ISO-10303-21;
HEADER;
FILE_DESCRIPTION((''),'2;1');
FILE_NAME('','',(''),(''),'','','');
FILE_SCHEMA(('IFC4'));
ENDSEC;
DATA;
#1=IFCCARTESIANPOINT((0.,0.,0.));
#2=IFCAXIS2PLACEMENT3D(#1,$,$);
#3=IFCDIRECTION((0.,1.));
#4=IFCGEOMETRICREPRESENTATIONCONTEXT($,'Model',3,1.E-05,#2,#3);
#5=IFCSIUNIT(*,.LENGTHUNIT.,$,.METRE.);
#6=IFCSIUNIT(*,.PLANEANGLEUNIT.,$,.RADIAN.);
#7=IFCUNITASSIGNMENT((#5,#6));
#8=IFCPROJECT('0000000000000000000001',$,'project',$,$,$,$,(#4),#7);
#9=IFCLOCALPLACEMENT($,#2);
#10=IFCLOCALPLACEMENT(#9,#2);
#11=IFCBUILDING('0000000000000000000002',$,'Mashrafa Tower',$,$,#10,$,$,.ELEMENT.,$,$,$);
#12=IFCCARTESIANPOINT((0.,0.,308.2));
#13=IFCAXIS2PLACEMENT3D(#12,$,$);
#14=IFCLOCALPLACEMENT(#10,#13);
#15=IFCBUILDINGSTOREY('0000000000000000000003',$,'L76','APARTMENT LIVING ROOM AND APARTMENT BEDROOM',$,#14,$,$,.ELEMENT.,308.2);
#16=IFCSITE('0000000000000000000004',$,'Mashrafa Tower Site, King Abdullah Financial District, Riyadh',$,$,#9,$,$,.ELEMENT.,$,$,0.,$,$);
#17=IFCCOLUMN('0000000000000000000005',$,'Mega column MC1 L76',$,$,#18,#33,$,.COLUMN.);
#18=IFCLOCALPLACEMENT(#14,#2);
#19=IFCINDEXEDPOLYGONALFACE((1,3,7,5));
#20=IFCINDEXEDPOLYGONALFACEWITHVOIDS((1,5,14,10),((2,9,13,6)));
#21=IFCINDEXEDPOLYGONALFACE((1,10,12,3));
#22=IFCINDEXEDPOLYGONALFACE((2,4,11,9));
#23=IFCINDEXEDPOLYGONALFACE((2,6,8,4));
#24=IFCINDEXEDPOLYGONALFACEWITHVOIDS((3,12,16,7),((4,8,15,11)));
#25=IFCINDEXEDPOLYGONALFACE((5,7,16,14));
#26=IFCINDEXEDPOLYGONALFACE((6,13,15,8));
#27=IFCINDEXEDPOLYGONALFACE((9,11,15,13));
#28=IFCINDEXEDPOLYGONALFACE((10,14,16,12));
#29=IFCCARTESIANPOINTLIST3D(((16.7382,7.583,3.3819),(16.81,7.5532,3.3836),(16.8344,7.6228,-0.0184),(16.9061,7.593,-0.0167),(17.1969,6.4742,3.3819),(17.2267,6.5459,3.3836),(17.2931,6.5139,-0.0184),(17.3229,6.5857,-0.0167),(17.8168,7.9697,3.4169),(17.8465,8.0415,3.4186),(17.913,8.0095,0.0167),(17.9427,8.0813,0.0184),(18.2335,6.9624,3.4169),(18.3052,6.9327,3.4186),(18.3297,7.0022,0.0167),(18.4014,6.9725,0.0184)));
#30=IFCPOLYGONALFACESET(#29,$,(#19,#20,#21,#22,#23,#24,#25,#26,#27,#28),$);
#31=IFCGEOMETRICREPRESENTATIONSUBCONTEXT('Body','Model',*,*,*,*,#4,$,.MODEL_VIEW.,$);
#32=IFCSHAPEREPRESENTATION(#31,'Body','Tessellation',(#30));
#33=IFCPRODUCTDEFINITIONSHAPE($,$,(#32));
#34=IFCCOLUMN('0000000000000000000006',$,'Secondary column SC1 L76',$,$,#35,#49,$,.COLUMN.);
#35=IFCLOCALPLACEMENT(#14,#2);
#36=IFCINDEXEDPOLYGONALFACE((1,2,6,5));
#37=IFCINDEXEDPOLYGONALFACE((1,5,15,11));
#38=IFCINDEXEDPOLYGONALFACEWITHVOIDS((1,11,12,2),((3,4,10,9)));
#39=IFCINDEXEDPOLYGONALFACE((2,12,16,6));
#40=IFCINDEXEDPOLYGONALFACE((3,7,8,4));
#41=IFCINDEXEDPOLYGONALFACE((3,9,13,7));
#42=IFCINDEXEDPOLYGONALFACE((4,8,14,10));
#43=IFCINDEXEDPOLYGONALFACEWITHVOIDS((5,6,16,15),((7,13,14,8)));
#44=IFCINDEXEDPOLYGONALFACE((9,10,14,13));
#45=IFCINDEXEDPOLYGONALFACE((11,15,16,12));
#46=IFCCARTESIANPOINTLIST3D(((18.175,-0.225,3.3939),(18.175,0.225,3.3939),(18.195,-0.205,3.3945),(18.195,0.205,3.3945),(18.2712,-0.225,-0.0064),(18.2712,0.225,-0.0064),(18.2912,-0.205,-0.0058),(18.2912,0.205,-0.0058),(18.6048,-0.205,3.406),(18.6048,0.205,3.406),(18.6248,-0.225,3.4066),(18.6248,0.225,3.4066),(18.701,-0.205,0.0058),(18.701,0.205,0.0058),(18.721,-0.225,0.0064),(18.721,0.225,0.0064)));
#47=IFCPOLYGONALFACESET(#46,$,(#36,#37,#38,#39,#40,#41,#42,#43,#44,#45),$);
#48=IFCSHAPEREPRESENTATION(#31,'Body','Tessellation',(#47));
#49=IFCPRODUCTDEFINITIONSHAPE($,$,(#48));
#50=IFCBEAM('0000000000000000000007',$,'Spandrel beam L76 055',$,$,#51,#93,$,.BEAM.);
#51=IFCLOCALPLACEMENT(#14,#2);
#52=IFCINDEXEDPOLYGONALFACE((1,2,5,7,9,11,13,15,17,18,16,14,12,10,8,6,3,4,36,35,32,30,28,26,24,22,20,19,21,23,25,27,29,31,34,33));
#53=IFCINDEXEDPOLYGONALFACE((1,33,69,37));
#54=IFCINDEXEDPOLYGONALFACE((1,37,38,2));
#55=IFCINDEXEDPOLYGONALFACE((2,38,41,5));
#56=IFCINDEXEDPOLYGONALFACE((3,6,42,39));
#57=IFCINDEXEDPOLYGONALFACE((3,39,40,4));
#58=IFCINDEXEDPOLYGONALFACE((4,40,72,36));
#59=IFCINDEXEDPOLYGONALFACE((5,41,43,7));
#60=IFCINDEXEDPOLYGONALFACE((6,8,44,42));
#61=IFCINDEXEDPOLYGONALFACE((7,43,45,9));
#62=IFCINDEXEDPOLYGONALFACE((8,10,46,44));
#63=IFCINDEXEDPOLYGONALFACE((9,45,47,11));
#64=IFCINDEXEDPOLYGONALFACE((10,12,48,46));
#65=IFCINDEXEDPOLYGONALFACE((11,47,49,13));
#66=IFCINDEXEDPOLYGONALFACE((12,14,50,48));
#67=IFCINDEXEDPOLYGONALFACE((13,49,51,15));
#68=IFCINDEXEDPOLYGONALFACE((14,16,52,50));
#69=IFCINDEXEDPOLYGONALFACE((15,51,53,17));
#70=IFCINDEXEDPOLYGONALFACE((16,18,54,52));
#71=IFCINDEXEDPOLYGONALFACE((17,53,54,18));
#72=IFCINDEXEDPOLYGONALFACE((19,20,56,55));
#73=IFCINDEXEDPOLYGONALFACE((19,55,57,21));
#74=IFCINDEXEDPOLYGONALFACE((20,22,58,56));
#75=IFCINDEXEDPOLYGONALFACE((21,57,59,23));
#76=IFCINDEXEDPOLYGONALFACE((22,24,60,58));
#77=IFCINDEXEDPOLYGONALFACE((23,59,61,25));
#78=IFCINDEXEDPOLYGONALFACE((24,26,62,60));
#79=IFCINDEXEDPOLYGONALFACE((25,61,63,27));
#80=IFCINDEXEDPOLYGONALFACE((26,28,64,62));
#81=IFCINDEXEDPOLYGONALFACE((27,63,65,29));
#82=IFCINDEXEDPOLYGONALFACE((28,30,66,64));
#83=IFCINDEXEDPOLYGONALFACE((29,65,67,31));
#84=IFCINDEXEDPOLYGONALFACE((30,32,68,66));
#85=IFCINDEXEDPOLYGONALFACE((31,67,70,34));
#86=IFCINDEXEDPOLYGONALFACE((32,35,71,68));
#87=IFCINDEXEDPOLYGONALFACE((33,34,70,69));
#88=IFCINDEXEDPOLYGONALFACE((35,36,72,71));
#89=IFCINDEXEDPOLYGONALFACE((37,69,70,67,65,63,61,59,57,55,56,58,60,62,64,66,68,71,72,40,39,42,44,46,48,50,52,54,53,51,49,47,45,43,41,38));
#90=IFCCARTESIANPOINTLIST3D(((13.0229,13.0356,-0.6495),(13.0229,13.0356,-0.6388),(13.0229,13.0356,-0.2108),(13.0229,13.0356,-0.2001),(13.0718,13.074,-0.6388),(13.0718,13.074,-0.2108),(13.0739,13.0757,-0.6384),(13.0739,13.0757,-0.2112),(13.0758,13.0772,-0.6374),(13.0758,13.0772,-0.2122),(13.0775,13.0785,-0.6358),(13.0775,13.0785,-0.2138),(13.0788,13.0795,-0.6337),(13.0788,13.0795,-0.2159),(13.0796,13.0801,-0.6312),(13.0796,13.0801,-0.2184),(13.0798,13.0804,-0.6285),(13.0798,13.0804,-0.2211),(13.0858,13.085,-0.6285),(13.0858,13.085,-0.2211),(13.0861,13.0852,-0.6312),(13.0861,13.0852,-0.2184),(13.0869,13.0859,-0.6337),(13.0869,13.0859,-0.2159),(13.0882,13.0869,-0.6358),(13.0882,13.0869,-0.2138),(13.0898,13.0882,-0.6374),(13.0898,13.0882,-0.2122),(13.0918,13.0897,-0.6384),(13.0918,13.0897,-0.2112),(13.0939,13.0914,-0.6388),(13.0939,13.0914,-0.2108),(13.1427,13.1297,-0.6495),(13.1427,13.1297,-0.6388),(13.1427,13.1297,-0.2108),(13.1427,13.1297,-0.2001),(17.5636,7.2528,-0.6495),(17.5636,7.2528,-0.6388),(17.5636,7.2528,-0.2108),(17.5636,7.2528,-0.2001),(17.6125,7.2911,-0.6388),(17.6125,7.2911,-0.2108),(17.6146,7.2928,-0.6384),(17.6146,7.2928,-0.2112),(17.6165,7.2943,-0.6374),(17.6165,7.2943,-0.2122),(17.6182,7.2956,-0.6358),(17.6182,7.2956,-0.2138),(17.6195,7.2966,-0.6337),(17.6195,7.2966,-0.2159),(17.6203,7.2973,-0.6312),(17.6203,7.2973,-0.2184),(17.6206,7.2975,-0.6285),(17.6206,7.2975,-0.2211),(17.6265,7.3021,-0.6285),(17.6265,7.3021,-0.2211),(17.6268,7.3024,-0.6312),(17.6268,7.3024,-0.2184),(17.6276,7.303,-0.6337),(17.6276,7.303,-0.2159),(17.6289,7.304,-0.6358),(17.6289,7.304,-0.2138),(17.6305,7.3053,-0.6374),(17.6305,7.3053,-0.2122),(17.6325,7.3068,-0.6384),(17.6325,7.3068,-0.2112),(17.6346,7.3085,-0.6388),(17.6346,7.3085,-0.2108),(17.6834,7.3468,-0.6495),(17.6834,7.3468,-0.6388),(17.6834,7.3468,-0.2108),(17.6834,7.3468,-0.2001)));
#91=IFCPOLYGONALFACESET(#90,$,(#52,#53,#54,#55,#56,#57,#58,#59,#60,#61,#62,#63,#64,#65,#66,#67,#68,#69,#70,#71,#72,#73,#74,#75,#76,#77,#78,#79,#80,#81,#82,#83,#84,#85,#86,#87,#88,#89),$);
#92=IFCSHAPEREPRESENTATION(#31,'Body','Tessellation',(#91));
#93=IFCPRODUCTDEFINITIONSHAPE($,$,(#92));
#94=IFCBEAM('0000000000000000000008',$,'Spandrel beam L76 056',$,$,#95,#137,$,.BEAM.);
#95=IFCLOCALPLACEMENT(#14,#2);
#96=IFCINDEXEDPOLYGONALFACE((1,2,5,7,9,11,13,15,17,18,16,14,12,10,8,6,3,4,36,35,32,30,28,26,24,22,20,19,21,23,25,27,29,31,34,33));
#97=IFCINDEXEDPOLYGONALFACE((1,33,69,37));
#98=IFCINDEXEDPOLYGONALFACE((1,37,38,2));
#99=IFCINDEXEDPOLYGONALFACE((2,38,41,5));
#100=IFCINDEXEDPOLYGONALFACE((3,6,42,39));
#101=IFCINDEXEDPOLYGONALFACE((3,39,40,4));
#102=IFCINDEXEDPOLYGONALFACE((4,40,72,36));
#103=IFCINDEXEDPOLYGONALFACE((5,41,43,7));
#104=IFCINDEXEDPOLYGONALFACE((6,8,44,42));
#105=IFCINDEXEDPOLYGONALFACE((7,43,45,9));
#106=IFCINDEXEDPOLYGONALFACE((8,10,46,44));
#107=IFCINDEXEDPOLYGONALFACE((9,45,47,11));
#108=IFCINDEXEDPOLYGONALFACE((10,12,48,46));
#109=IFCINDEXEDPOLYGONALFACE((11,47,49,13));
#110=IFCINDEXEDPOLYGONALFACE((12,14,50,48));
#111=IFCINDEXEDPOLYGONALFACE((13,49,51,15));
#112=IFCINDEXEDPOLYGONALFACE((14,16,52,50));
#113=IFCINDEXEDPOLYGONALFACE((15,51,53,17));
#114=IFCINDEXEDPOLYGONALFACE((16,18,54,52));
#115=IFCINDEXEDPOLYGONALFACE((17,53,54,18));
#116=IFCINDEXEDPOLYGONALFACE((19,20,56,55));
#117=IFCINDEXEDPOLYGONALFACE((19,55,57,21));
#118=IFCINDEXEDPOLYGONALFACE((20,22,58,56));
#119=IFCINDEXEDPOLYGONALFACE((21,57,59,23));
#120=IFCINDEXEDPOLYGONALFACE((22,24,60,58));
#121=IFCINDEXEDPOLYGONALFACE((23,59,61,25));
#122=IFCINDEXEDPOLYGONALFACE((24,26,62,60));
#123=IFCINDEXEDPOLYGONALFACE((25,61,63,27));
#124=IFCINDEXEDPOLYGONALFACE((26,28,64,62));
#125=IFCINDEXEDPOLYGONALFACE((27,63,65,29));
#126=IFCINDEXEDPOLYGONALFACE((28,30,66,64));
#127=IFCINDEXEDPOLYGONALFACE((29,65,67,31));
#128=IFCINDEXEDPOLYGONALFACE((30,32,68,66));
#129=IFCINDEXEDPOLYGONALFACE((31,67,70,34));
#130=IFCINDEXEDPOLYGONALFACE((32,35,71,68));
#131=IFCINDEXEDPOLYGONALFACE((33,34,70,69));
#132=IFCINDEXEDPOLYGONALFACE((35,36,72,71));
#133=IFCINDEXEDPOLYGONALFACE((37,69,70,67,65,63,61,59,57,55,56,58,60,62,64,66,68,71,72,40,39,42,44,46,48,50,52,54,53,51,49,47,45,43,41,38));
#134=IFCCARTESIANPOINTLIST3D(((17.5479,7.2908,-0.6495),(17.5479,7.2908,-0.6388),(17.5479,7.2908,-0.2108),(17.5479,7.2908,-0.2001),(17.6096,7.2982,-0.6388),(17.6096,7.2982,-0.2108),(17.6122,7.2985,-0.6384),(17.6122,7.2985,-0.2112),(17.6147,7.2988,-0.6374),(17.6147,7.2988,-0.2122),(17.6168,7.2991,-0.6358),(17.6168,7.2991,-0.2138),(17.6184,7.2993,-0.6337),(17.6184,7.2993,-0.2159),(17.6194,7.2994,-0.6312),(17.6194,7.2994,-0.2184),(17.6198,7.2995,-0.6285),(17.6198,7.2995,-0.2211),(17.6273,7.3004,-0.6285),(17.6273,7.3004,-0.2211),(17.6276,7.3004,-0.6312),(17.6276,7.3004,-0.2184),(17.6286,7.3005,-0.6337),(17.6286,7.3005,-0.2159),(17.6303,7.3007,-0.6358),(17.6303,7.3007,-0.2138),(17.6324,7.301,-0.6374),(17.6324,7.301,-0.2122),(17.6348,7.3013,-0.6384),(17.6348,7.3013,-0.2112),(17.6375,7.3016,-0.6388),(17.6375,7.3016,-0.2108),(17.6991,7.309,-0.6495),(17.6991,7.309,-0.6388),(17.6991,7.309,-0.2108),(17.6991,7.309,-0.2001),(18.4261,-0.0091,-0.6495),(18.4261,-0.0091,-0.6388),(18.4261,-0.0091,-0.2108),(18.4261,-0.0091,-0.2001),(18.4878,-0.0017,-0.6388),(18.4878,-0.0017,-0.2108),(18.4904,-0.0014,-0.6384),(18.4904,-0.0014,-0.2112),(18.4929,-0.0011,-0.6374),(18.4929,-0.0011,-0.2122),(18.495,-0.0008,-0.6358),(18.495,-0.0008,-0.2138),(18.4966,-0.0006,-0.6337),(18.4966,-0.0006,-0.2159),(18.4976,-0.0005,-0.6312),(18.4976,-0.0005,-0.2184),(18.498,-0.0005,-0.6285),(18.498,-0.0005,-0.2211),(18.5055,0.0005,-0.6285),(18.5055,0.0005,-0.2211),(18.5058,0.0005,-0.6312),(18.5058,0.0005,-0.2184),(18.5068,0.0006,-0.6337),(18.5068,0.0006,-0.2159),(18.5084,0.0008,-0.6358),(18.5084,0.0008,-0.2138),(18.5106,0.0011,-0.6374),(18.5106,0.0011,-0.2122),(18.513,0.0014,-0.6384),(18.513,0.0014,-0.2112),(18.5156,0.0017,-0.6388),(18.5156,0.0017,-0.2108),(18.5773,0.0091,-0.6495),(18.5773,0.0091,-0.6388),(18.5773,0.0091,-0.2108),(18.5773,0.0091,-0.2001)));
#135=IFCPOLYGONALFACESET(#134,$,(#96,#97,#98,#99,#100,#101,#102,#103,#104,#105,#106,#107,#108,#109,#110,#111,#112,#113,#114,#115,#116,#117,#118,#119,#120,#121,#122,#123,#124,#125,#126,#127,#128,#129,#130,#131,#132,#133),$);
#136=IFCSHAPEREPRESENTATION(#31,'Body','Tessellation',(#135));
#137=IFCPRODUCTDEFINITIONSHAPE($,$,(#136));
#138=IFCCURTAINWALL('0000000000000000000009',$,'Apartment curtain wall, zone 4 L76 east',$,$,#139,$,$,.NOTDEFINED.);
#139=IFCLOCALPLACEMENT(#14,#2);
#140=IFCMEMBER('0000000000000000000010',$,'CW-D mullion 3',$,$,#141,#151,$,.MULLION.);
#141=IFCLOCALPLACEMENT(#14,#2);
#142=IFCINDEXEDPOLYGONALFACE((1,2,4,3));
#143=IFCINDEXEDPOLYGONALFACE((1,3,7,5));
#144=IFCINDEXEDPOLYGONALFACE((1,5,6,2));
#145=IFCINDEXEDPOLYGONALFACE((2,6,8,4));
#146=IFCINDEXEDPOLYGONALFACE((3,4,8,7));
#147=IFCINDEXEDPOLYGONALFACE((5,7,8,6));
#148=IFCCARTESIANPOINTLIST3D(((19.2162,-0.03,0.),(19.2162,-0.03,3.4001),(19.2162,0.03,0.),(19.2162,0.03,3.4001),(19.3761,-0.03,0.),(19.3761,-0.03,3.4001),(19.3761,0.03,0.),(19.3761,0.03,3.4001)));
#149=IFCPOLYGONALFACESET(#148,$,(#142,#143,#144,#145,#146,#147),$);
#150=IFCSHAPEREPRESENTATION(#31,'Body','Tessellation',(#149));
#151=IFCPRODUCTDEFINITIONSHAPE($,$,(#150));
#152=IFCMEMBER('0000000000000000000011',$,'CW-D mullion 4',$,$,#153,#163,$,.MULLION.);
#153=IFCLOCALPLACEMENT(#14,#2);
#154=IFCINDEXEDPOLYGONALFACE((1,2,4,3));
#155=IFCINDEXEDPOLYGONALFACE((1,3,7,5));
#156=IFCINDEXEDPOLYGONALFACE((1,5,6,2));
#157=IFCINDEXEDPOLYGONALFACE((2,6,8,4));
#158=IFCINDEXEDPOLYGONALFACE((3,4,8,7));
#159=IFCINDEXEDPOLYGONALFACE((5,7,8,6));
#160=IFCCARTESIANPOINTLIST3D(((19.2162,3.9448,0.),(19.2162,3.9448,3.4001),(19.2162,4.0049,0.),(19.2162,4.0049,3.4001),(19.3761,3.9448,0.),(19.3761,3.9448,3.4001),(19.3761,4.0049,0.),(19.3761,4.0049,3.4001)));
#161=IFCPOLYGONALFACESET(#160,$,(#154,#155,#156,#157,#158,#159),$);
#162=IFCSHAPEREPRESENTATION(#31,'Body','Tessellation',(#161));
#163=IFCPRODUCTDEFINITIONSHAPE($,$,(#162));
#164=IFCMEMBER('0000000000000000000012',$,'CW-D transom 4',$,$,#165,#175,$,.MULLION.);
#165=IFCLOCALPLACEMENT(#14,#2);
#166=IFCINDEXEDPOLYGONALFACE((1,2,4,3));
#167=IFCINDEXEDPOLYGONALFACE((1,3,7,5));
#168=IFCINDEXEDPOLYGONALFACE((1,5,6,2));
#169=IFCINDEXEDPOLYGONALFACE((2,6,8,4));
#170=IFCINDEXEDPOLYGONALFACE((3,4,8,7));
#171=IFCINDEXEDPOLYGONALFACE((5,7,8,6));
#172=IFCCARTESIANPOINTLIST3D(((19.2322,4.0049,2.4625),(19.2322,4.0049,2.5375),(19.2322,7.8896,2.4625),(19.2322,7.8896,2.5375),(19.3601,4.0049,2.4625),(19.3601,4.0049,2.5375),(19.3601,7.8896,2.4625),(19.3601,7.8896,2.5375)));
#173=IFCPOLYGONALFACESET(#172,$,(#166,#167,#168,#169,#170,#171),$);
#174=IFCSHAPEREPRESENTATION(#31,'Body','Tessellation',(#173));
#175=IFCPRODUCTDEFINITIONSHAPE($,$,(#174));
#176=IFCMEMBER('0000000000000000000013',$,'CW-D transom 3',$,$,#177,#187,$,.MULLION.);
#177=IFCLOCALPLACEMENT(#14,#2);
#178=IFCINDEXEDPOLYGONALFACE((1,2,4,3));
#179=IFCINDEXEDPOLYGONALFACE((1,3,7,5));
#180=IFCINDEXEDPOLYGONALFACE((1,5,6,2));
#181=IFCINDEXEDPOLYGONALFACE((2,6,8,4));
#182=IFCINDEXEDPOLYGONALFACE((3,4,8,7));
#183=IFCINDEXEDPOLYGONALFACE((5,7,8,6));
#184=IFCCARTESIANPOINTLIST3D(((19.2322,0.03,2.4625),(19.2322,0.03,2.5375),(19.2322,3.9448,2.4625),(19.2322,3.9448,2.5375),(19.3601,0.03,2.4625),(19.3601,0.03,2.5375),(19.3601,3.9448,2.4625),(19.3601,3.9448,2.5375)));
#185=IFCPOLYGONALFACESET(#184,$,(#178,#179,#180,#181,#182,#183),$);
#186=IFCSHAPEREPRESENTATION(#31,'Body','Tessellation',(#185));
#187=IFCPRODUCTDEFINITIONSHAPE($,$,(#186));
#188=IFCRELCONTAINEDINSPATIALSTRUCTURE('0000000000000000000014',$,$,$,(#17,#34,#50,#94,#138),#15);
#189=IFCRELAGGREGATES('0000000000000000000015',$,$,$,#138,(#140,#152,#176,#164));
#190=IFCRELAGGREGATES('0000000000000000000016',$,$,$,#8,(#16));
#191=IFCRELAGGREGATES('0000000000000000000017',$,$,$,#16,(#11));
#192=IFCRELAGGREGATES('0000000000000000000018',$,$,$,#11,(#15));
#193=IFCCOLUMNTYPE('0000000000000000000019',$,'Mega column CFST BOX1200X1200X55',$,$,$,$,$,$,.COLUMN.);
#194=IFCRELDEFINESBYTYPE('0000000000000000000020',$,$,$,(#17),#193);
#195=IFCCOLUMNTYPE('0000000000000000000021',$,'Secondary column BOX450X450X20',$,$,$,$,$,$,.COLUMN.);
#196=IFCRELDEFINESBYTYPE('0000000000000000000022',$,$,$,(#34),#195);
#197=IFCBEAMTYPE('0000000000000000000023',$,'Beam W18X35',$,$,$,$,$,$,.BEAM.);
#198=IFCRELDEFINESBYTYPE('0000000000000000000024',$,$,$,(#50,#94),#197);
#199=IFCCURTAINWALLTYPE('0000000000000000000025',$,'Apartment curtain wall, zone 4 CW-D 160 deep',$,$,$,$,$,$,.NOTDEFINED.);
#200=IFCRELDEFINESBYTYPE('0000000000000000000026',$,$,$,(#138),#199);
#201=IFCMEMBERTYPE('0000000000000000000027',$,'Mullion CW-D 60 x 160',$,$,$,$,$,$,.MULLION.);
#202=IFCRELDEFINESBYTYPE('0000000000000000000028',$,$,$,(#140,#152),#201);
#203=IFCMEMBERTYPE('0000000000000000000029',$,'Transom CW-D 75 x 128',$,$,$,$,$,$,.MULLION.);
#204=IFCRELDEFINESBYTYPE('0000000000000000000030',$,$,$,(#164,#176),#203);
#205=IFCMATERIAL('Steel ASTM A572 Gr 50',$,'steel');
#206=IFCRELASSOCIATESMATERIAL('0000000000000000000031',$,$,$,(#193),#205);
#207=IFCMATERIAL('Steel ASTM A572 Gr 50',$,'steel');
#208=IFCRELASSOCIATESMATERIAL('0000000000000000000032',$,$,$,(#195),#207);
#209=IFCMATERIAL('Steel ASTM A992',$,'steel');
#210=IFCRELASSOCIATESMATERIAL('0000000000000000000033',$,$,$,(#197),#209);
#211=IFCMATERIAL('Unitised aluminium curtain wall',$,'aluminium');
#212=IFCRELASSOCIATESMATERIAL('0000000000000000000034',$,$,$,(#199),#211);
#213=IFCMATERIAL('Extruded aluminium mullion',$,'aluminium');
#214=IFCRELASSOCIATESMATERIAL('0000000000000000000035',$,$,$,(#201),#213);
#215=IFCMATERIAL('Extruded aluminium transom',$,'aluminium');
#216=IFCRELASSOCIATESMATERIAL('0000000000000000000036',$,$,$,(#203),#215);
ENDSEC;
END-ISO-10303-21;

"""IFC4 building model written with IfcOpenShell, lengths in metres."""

from ifc_helpers import new_model, si_unit, direction, frame, origin, origin_2d, place, context, subcontext, project, spatial, rectangle, hollow_rectangle, i_section, extrude, source, transform, mapped, material, material_profile, profile_set, type_object, type_shapes, element, aggregate, save


model = new_model("IFC4")

# Units and contexts
model_context = context("Model", 3, precision=1e-05, world=origin(), true_north=direction((0.0, 1.0)))
body_context = subcontext(model_context, "Body", "Model", "MODEL_VIEW")
ifc_project = project(units=[si_unit("LENGTHUNIT", "METRE"), si_unit("PLANEANGLEUNIT", "RADIAN")], contexts=[model_context])

# Site, building, storey
site_placement = place(None, origin())
site = spatial("IfcSite", under=ifc_project, at=site_placement, Name="Mashrafa Tower Site, King Abdullah Financial District, Riyadh", CompositionType="ELEMENT", RefElevation=0.0)
building_placement = place(site_placement, origin())
building = spatial("IfcBuilding", under=site, at=building_placement, Name="Mashrafa Tower", CompositionType="ELEMENT")
storey_placement = place(building_placement, frame((0.0, 0.0, 308.2)))
storey = spatial("IfcBuildingStorey", under=building, at=storey_placement, Name="L76", Description="APARTMENT LIVING ROOM AND APARTMENT BEDROOM", CompositionType="ELEMENT", Elevation=308.2)

# Columns
ifc_material_1 = material(Name="Steel ASTM A572 Gr 50", Category="steel")
ifc_material_profile_1 = material_profile(ifc_material_1, hollow_rectangle(XDim=1.2, YDim=1.2, WallThickness=0.0549, at=origin_2d()), Name="BOX1200X1200X55")
ifc_profile_set_1 = profile_set([ifc_material_profile_1], Name="Steel ASTM A572 Gr 50")
column_type_1 = type_object("IfcColumnType", Name="Mega column CFST BOX1200X1200X55", PredefinedType="COLUMN", material=ifc_profile_set_1)
column_1_placement = place(storey_placement, frame((17.6179, 7.2976, 0.0), z_axis=(-0.028277, -0.011698, 0.999532), x_axis=(0.382283, -0.924045, 0.0)))
element("IfcColumn", 1, at=column_1_placement, inside=storey, type_object=column_type_1, Name="Mega column MC1 L76", PredefinedType="COLUMN", context=body_context, shape_type="SweptSolid", body=[
    extrude(hollow_rectangle(XDim=1.2, YDim=1.2, WallThickness=0.0549, at=origin_2d()), origin(), (0.0, 0.0, 1.0), 3.4019),
])
ifc_material_2 = material(Name="Steel ASTM A572 Gr 50", Category="steel")
ifc_material_profile_2 = material_profile(ifc_material_2, hollow_rectangle(XDim=0.45, YDim=0.45, WallThickness=0.02, at=origin_2d()), Name="BOX450X450X20")
ifc_profile_set_2 = profile_set([ifc_material_profile_2], Name="Steel ASTM A572 Gr 50")
column_type_2 = type_object("IfcColumnType", Name="Secondary column BOX450X450X20", PredefinedType="COLUMN", material=ifc_profile_set_2)
column_2_placement = place(storey_placement, frame((18.4961, 0.0, 0.0), z_axis=(-0.028279, 0.0, 0.9996), x_axis=(0.0, -1.0, 0.0)))
element("IfcColumn", 2, at=column_2_placement, inside=storey, type_object=column_type_2, Name="Secondary column SC1 L76", PredefinedType="COLUMN", context=body_context, shape_type="SweptSolid", body=[
    extrude(hollow_rectangle(XDim=0.45, YDim=0.45, WallThickness=0.02, at=origin_2d()), origin(), (0.0, 0.0, 1.0), 3.4016),
])

# Beams
ifc_material_3 = material(Name="Steel ASTM A992", Category="steel")
ifc_material_profile_3 = material_profile(ifc_material_3, i_section(OverallWidth=0.1523, OverallDepth=0.4495, WebThickness=0.0076, FlangeThickness=0.0107, FilletRadius=0.0103, at=origin_2d()), Name="W18X35")
ifc_profile_set_3 = profile_set([ifc_material_profile_3], Name="Steel ASTM A992")
beam_type = type_object("IfcBeamType", Name="Beam W18X35", PredefinedType="BEAM", material=ifc_profile_set_3)
for number, where, z_axis, x_axis, name in (
    (3, (17.6235, 7.2998, -0.4248), (-0.617571, 0.786515, 0.0), (-0.786515, -0.617571, 0.0), "Spandrel beam L76 055"),
    (4, (18.5017, 0.0, -0.4248), (-0.11944, 0.992841, 0.0), (-0.992841, -0.11944, 0.0), "Spandrel beam L76 056"),
):
    element("IfcBeam", number, at=place(storey_placement, frame(where, z_axis=z_axis, x_axis=x_axis)), inside=storey, type_object=beam_type, Name=name, PredefinedType="BEAM", context=body_context, shape_type="SweptSolid", body=[
        extrude(i_section(OverallWidth=0.1523, OverallDepth=0.4495, WebThickness=0.0076, FlangeThickness=0.0107, FilletRadius=0.0103, at=origin_2d()), origin(), (0.0, 0.0, 1.0), 7.3525),
    ])

# Curtain wall, members
ifc_material_4 = material(Name="Unitised aluminium curtain wall", Category="aluminium")
curtain_wall_type = type_object("IfcCurtainWallType", Name="Apartment curtain wall, zone 4 CW-D 160 deep", PredefinedType="NOTDEFINED", material=ifc_material_4)
curtain_wall_placement = place(storey_placement, origin())
curtain_wall = element("IfcCurtainWall", 5, at=curtain_wall_placement, inside=storey, type_object=curtain_wall_type, Name="Apartment curtain wall, zone 4 L76 east", PredefinedType="NOTDEFINED")
ifc_material_5 = material(Name="Extruded aluminium mullion", Category="aluminium")
ifc_material_profile_4 = material_profile(ifc_material_5, rectangle(XDim=0.1599, YDim=0.0601, at=origin_2d()), Name="Mullion 60x160")
ifc_profile_set_4 = profile_set([ifc_material_profile_4], Name="Extruded aluminium mullion")
member_type_1 = type_object("IfcMemberType", Name="Mullion CW-D 60 x 160", PredefinedType="MULLION", material=ifc_profile_set_4)
shared_shape_1 = source(origin(), body_context, "Body", "SweptSolid", [
    extrude(rectangle(XDim=0.1599, YDim=0.0601, at=origin_2d()), origin(), (0.0, 0.0, 1.0), 3.4001),
])
type_shapes(member_type_1, [shared_shape_1])
member_1_placement = place(storey_placement, frame((19.2961, 0.0, 0.0), z_axis=(0.0, 0.0, 1.0), x_axis=(-1.0, 0.0, 0.0)))
member_1 = element("IfcMember", 6, at=member_1_placement, type_object=member_type_1, Name="CW-D mullion 3", PredefinedType="MULLION", context=body_context, shape_type="MappedRepresentation", body=[
    mapped(shared_shape_1, transform((0.0, 0.0, 0.0))),
])
member_2_placement = place(storey_placement, frame((19.2961, 3.9749, 0.0), z_axis=(0.0, 0.0, 1.0), x_axis=(-1.0, 0.0, 0.0)))
member_2 = element("IfcMember", 7, at=member_2_placement, type_object=member_type_1, Name="CW-D mullion 4", PredefinedType="MULLION", context=body_context, shape_type="MappedRepresentation", body=[
    mapped(shared_shape_1, transform((0.0, 0.0, 0.0))),
])
ifc_material_6 = material(Name="Extruded aluminium transom", Category="aluminium")
ifc_material_profile_5 = material_profile(ifc_material_6, rectangle(XDim=0.1279, YDim=0.075, at=origin_2d()), Name="Transom 75x128")
ifc_profile_set_5 = profile_set([ifc_material_profile_5], Name="Extruded aluminium transom")
member_type_2 = type_object("IfcMemberType", Name="Transom CW-D 75 x 128", PredefinedType="MULLION", material=ifc_profile_set_5)
shared_shape_2 = source(origin(), body_context, "Body", "SweptSolid", [
    extrude(rectangle(XDim=0.1279, YDim=0.075, at=origin_2d()), origin(), (0.0, 0.0, 1.0), 3.8848),
])
member_3_placement = place(storey_placement, frame((19.2961, 4.0049, 2.5), z_axis=(0.0, 1.0, 0.0), x_axis=(-1.0, 0.0, 0.0)))
member_3 = element("IfcMember", 8, at=member_3_placement, type_object=member_type_2, Name="CW-D transom 4", PredefinedType="MULLION", context=body_context, shape_type="MappedRepresentation", body=[
    mapped(shared_shape_2, transform((0.0, 0.0, 0.0))),
])
shared_shape_3 = source(origin(), body_context, "Body", "SweptSolid", [
    extrude(rectangle(XDim=0.1279, YDim=0.075, at=origin_2d()), origin(), (0.0, 0.0, 1.0), 3.9148),
])
type_shapes(member_type_2, [shared_shape_2, shared_shape_3])
member_4_placement = place(storey_placement, frame((19.2961, 0.03, 2.5), z_axis=(0.0, 1.0, 0.0), x_axis=(-1.0, 0.0, 0.0)))
member_4 = element("IfcMember", 9, at=member_4_placement, type_object=member_type_2, Name="CW-D transom 3", PredefinedType="MULLION", context=body_context, shape_type="MappedRepresentation", body=[
    mapped(shared_shape_3, transform((0.0, 0.0, 0.0))),
])
aggregate(curtain_wall, [member_1, member_2, member_4, member_3])

save(model, "model.ifc")
